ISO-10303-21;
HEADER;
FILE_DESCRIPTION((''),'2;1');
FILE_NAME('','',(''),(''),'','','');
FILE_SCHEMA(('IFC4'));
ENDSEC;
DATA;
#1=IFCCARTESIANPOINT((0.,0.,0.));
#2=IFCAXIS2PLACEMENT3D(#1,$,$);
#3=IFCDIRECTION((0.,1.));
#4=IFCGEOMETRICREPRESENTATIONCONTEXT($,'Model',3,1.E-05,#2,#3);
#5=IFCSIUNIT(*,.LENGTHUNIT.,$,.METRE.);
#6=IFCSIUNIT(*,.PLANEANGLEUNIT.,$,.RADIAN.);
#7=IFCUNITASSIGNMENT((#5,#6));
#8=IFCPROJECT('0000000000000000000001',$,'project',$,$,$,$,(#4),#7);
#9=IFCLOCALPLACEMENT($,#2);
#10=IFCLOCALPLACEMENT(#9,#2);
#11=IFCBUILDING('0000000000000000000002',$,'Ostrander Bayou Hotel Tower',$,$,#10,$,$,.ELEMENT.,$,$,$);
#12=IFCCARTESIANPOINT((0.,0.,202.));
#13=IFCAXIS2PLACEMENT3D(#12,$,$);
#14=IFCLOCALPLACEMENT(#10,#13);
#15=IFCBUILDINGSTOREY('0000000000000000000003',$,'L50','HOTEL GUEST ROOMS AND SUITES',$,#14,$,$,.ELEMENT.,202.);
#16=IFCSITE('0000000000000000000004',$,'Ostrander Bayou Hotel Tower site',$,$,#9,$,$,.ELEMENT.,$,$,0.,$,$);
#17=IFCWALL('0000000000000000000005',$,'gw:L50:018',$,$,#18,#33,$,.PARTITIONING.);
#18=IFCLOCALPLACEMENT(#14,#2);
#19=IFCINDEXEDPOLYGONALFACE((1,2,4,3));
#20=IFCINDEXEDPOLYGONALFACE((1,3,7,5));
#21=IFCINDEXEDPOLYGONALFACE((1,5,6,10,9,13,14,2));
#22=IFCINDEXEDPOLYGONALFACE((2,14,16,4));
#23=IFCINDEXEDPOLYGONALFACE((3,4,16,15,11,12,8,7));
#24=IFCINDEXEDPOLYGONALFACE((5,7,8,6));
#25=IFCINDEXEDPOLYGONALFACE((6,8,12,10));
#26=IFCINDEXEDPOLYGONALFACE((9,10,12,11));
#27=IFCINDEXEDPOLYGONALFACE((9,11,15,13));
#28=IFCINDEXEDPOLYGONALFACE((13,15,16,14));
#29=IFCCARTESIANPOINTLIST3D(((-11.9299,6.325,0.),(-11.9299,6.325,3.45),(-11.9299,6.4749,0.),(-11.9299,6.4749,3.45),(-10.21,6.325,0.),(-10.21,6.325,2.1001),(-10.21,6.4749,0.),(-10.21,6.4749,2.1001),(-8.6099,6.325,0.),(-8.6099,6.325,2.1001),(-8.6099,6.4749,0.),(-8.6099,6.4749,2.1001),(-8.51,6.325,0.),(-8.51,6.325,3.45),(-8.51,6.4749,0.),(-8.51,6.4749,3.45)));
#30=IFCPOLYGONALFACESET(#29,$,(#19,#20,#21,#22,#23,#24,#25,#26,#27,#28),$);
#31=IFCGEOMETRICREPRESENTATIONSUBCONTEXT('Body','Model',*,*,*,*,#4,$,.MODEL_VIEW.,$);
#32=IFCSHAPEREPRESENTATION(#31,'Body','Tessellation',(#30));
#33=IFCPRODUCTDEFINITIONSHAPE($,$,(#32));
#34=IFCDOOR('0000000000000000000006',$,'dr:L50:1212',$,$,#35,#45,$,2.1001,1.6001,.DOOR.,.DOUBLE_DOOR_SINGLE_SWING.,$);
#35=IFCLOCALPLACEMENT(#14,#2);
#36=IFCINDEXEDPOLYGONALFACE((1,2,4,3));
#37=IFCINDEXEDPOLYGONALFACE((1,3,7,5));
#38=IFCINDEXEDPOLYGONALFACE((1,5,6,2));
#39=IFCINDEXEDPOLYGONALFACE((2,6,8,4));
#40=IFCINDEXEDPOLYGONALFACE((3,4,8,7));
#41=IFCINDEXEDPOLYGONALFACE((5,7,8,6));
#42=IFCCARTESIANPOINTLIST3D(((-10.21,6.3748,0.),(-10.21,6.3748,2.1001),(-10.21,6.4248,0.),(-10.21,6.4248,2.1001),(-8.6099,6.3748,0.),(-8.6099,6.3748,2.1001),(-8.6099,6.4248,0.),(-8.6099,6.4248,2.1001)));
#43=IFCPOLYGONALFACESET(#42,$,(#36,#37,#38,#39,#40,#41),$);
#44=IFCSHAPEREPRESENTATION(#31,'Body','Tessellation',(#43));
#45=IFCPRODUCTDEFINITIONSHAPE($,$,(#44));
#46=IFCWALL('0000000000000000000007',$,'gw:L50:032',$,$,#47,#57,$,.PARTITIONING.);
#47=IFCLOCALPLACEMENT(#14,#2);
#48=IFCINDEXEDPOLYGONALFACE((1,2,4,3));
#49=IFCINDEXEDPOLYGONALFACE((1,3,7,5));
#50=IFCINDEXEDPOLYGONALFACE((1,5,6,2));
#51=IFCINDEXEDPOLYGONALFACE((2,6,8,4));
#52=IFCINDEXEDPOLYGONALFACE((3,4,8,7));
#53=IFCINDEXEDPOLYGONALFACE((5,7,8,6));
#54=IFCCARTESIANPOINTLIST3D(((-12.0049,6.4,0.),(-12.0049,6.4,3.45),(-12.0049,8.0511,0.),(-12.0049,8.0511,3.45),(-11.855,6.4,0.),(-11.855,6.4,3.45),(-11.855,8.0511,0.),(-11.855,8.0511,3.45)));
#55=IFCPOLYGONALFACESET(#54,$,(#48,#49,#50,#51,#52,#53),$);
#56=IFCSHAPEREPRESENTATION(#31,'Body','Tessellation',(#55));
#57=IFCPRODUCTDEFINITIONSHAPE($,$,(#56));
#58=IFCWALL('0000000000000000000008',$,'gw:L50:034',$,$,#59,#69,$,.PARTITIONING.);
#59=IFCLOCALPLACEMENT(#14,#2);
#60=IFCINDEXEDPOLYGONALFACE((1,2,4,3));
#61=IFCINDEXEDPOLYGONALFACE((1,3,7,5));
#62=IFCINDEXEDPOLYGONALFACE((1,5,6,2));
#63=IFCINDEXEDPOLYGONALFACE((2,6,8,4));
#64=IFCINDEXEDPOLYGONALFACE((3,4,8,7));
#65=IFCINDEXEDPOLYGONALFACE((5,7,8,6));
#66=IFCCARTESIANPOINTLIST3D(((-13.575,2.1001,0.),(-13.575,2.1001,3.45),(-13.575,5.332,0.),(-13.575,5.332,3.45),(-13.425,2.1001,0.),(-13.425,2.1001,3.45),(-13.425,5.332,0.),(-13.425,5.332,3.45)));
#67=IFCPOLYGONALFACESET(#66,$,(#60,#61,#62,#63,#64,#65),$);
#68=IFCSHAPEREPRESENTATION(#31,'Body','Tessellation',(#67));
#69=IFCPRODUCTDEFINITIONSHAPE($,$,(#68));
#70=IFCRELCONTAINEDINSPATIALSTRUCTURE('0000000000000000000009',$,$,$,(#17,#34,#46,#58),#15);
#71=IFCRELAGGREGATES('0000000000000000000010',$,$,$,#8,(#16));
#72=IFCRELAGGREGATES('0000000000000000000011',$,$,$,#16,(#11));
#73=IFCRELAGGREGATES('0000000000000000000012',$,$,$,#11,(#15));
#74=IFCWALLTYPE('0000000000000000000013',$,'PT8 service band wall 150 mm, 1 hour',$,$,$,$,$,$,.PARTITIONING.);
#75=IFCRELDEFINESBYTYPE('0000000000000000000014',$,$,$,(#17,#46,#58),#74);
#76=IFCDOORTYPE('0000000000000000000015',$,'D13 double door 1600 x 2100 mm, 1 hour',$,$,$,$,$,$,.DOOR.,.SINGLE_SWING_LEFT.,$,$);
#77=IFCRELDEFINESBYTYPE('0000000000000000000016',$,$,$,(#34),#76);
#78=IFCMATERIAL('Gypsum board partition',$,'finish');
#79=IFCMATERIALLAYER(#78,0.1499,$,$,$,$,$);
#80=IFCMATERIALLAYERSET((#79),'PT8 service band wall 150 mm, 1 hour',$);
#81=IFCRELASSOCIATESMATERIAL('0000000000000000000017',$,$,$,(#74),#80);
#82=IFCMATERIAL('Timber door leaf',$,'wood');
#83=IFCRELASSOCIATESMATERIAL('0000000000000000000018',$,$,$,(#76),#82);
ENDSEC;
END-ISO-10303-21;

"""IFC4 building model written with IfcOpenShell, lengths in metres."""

from ifc_helpers import new_model, si_unit, direction, frame, frame_2d, origin, place, context, subcontext, project, spatial, rectangle, extrude, material, layer, layer_set, type_object, element, fill, save


model = new_model("IFC4")

# Units and contexts
model_context = context("Model", 3, precision=1e-05, world=origin(), true_north=direction((0.0, 1.0)))
body_context = subcontext(model_context, "Body", "Model", "MODEL_VIEW")
ifc_project = project(units=[si_unit("LENGTHUNIT", "METRE"), si_unit("PLANEANGLEUNIT", "RADIAN")], contexts=[model_context])

# Site, building, storey
site_placement = place(None, origin())
site = spatial("IfcSite", under=ifc_project, at=site_placement, Name="Ostrander Bayou Hotel Tower site", CompositionType="ELEMENT", RefElevation=0.0)
building_placement = place(site_placement, origin())
building = spatial("IfcBuilding", under=site, at=building_placement, Name="Ostrander Bayou Hotel Tower", CompositionType="ELEMENT")
storey_placement = place(building_placement, frame((0.0, 0.0, 202.0)))
storey = spatial("IfcBuildingStorey", under=building, at=storey_placement, Name="L50", Description="HOTEL GUEST ROOMS AND SUITES", CompositionType="ELEMENT", Elevation=202.0)

# Shared definitions
ifc_material_1 = material(Name="Gypsum board partition", Category="finish")
ifc_layer_1 = layer(ifc_material_1, 0.1499)
ifc_layer_set_1 = layer_set([ifc_layer_1], Name="PT8 service band wall 150 mm, 1 hour")
wall_type_1 = type_object("IfcWallType", Name="PT8 service band wall 150 mm, 1 hour", PredefinedType="PARTITIONING", material=ifc_layer_set_1)

# Wall, opening, door
wall_1_placement = place(storey_placement, frame((-11.9299, 6.3999, 0.0), z_axis=(0.0, 0.0, 1.0), x_axis=(1.0, 0.0, 0.0)))
wall_1 = element("IfcWall", 1, at=wall_1_placement, inside=storey, type_object=wall_type_1, Name="gw:L50:018", PredefinedType="PARTITIONING", context=body_context, shape_type="SweptSolid", body=[
    extrude(rectangle(XDim=3.4199, YDim=0.1499, at=frame_2d((1.71, 0.0))), origin(), (0.0, 0.0, 1.0), 3.45),
])
opening_1_placement = place(wall_1_placement, frame((1.72, 0.0, 0.0)))
opening_1 = element("IfcOpeningElement", 2, at=opening_1_placement, cuts=wall_1, PredefinedType="OPENING", context=body_context, shape_type="SweptSolid", body=[
    extrude(rectangle(XDim=1.6001, YDim=2.1001, at=frame_2d((0.8, 1.05))), frame((0.0, 0.075, 0.0), z_axis=(0.0, -1.0, 0.0), x_axis=(1.0, 0.0, 0.0)), (0.0, 0.0, 1.0), 0.1499),
])
ifc_material_2 = material(Name="Timber door leaf", Category="wood")
door_type_1 = type_object("IfcDoorType", Name="D13 double door 1600 x 2100 mm, 1 hour", OperationType="SINGLE_SWING_LEFT", PredefinedType="DOOR", material=ifc_material_2)
door_1_placement = place(opening_1_placement, origin())
door_1 = element("IfcDoor", 3, at=door_1_placement, inside=storey, type_object=door_type_1, Name="dr:L50:1212", OperationType="DOUBLE_DOOR_SINGLE_SWING", OverallHeight=2.1001, OverallWidth=1.6001, PredefinedType="DOOR", context=body_context, shape_type="SweptSolid", body=[
    extrude(rectangle(XDim=1.6001, YDim=2.1001, at=frame_2d((0.8, 1.05))), frame((0.0, 0.0249, 0.0), z_axis=(0.0, -1.0, 0.0), x_axis=(1.0, 0.0, 0.0)), (0.0, 0.0, 1.0), 0.05),
])
fill(opening_1, door_1)

# Walls
wall_2_placement = place(storey_placement, frame((-11.9299, 6.3999, 0.0), z_axis=(0.0, 0.0, 1.0), x_axis=(0.0, 1.0, 0.0)))
element("IfcWall", 4, at=wall_2_placement, inside=storey, type_object=wall_type_1, Name="gw:L50:032", PredefinedType="PARTITIONING", context=body_context, shape_type="SweptSolid", body=[
    extrude(rectangle(XDim=1.6511, YDim=0.1499, at=frame_2d((0.8257, 0.0))), origin(), (0.0, 0.0, 1.0), 3.45),
])
wall_3_placement = place(storey_placement, frame((-13.5, 2.1001, 0.0), z_axis=(0.0, 0.0, 1.0), x_axis=(0.0, 1.0, 0.0)))
element("IfcWall", 5, at=wall_3_placement, inside=storey, type_object=wall_type_1, Name="gw:L50:034", PredefinedType="PARTITIONING", context=body_context, shape_type="SweptSolid", body=[
    extrude(rectangle(XDim=3.2319, YDim=0.1499, at=frame_2d((1.616, 0.0))), origin(), (0.0, 0.0, 1.0), 3.45),
])

save(model, "model.ifc")
